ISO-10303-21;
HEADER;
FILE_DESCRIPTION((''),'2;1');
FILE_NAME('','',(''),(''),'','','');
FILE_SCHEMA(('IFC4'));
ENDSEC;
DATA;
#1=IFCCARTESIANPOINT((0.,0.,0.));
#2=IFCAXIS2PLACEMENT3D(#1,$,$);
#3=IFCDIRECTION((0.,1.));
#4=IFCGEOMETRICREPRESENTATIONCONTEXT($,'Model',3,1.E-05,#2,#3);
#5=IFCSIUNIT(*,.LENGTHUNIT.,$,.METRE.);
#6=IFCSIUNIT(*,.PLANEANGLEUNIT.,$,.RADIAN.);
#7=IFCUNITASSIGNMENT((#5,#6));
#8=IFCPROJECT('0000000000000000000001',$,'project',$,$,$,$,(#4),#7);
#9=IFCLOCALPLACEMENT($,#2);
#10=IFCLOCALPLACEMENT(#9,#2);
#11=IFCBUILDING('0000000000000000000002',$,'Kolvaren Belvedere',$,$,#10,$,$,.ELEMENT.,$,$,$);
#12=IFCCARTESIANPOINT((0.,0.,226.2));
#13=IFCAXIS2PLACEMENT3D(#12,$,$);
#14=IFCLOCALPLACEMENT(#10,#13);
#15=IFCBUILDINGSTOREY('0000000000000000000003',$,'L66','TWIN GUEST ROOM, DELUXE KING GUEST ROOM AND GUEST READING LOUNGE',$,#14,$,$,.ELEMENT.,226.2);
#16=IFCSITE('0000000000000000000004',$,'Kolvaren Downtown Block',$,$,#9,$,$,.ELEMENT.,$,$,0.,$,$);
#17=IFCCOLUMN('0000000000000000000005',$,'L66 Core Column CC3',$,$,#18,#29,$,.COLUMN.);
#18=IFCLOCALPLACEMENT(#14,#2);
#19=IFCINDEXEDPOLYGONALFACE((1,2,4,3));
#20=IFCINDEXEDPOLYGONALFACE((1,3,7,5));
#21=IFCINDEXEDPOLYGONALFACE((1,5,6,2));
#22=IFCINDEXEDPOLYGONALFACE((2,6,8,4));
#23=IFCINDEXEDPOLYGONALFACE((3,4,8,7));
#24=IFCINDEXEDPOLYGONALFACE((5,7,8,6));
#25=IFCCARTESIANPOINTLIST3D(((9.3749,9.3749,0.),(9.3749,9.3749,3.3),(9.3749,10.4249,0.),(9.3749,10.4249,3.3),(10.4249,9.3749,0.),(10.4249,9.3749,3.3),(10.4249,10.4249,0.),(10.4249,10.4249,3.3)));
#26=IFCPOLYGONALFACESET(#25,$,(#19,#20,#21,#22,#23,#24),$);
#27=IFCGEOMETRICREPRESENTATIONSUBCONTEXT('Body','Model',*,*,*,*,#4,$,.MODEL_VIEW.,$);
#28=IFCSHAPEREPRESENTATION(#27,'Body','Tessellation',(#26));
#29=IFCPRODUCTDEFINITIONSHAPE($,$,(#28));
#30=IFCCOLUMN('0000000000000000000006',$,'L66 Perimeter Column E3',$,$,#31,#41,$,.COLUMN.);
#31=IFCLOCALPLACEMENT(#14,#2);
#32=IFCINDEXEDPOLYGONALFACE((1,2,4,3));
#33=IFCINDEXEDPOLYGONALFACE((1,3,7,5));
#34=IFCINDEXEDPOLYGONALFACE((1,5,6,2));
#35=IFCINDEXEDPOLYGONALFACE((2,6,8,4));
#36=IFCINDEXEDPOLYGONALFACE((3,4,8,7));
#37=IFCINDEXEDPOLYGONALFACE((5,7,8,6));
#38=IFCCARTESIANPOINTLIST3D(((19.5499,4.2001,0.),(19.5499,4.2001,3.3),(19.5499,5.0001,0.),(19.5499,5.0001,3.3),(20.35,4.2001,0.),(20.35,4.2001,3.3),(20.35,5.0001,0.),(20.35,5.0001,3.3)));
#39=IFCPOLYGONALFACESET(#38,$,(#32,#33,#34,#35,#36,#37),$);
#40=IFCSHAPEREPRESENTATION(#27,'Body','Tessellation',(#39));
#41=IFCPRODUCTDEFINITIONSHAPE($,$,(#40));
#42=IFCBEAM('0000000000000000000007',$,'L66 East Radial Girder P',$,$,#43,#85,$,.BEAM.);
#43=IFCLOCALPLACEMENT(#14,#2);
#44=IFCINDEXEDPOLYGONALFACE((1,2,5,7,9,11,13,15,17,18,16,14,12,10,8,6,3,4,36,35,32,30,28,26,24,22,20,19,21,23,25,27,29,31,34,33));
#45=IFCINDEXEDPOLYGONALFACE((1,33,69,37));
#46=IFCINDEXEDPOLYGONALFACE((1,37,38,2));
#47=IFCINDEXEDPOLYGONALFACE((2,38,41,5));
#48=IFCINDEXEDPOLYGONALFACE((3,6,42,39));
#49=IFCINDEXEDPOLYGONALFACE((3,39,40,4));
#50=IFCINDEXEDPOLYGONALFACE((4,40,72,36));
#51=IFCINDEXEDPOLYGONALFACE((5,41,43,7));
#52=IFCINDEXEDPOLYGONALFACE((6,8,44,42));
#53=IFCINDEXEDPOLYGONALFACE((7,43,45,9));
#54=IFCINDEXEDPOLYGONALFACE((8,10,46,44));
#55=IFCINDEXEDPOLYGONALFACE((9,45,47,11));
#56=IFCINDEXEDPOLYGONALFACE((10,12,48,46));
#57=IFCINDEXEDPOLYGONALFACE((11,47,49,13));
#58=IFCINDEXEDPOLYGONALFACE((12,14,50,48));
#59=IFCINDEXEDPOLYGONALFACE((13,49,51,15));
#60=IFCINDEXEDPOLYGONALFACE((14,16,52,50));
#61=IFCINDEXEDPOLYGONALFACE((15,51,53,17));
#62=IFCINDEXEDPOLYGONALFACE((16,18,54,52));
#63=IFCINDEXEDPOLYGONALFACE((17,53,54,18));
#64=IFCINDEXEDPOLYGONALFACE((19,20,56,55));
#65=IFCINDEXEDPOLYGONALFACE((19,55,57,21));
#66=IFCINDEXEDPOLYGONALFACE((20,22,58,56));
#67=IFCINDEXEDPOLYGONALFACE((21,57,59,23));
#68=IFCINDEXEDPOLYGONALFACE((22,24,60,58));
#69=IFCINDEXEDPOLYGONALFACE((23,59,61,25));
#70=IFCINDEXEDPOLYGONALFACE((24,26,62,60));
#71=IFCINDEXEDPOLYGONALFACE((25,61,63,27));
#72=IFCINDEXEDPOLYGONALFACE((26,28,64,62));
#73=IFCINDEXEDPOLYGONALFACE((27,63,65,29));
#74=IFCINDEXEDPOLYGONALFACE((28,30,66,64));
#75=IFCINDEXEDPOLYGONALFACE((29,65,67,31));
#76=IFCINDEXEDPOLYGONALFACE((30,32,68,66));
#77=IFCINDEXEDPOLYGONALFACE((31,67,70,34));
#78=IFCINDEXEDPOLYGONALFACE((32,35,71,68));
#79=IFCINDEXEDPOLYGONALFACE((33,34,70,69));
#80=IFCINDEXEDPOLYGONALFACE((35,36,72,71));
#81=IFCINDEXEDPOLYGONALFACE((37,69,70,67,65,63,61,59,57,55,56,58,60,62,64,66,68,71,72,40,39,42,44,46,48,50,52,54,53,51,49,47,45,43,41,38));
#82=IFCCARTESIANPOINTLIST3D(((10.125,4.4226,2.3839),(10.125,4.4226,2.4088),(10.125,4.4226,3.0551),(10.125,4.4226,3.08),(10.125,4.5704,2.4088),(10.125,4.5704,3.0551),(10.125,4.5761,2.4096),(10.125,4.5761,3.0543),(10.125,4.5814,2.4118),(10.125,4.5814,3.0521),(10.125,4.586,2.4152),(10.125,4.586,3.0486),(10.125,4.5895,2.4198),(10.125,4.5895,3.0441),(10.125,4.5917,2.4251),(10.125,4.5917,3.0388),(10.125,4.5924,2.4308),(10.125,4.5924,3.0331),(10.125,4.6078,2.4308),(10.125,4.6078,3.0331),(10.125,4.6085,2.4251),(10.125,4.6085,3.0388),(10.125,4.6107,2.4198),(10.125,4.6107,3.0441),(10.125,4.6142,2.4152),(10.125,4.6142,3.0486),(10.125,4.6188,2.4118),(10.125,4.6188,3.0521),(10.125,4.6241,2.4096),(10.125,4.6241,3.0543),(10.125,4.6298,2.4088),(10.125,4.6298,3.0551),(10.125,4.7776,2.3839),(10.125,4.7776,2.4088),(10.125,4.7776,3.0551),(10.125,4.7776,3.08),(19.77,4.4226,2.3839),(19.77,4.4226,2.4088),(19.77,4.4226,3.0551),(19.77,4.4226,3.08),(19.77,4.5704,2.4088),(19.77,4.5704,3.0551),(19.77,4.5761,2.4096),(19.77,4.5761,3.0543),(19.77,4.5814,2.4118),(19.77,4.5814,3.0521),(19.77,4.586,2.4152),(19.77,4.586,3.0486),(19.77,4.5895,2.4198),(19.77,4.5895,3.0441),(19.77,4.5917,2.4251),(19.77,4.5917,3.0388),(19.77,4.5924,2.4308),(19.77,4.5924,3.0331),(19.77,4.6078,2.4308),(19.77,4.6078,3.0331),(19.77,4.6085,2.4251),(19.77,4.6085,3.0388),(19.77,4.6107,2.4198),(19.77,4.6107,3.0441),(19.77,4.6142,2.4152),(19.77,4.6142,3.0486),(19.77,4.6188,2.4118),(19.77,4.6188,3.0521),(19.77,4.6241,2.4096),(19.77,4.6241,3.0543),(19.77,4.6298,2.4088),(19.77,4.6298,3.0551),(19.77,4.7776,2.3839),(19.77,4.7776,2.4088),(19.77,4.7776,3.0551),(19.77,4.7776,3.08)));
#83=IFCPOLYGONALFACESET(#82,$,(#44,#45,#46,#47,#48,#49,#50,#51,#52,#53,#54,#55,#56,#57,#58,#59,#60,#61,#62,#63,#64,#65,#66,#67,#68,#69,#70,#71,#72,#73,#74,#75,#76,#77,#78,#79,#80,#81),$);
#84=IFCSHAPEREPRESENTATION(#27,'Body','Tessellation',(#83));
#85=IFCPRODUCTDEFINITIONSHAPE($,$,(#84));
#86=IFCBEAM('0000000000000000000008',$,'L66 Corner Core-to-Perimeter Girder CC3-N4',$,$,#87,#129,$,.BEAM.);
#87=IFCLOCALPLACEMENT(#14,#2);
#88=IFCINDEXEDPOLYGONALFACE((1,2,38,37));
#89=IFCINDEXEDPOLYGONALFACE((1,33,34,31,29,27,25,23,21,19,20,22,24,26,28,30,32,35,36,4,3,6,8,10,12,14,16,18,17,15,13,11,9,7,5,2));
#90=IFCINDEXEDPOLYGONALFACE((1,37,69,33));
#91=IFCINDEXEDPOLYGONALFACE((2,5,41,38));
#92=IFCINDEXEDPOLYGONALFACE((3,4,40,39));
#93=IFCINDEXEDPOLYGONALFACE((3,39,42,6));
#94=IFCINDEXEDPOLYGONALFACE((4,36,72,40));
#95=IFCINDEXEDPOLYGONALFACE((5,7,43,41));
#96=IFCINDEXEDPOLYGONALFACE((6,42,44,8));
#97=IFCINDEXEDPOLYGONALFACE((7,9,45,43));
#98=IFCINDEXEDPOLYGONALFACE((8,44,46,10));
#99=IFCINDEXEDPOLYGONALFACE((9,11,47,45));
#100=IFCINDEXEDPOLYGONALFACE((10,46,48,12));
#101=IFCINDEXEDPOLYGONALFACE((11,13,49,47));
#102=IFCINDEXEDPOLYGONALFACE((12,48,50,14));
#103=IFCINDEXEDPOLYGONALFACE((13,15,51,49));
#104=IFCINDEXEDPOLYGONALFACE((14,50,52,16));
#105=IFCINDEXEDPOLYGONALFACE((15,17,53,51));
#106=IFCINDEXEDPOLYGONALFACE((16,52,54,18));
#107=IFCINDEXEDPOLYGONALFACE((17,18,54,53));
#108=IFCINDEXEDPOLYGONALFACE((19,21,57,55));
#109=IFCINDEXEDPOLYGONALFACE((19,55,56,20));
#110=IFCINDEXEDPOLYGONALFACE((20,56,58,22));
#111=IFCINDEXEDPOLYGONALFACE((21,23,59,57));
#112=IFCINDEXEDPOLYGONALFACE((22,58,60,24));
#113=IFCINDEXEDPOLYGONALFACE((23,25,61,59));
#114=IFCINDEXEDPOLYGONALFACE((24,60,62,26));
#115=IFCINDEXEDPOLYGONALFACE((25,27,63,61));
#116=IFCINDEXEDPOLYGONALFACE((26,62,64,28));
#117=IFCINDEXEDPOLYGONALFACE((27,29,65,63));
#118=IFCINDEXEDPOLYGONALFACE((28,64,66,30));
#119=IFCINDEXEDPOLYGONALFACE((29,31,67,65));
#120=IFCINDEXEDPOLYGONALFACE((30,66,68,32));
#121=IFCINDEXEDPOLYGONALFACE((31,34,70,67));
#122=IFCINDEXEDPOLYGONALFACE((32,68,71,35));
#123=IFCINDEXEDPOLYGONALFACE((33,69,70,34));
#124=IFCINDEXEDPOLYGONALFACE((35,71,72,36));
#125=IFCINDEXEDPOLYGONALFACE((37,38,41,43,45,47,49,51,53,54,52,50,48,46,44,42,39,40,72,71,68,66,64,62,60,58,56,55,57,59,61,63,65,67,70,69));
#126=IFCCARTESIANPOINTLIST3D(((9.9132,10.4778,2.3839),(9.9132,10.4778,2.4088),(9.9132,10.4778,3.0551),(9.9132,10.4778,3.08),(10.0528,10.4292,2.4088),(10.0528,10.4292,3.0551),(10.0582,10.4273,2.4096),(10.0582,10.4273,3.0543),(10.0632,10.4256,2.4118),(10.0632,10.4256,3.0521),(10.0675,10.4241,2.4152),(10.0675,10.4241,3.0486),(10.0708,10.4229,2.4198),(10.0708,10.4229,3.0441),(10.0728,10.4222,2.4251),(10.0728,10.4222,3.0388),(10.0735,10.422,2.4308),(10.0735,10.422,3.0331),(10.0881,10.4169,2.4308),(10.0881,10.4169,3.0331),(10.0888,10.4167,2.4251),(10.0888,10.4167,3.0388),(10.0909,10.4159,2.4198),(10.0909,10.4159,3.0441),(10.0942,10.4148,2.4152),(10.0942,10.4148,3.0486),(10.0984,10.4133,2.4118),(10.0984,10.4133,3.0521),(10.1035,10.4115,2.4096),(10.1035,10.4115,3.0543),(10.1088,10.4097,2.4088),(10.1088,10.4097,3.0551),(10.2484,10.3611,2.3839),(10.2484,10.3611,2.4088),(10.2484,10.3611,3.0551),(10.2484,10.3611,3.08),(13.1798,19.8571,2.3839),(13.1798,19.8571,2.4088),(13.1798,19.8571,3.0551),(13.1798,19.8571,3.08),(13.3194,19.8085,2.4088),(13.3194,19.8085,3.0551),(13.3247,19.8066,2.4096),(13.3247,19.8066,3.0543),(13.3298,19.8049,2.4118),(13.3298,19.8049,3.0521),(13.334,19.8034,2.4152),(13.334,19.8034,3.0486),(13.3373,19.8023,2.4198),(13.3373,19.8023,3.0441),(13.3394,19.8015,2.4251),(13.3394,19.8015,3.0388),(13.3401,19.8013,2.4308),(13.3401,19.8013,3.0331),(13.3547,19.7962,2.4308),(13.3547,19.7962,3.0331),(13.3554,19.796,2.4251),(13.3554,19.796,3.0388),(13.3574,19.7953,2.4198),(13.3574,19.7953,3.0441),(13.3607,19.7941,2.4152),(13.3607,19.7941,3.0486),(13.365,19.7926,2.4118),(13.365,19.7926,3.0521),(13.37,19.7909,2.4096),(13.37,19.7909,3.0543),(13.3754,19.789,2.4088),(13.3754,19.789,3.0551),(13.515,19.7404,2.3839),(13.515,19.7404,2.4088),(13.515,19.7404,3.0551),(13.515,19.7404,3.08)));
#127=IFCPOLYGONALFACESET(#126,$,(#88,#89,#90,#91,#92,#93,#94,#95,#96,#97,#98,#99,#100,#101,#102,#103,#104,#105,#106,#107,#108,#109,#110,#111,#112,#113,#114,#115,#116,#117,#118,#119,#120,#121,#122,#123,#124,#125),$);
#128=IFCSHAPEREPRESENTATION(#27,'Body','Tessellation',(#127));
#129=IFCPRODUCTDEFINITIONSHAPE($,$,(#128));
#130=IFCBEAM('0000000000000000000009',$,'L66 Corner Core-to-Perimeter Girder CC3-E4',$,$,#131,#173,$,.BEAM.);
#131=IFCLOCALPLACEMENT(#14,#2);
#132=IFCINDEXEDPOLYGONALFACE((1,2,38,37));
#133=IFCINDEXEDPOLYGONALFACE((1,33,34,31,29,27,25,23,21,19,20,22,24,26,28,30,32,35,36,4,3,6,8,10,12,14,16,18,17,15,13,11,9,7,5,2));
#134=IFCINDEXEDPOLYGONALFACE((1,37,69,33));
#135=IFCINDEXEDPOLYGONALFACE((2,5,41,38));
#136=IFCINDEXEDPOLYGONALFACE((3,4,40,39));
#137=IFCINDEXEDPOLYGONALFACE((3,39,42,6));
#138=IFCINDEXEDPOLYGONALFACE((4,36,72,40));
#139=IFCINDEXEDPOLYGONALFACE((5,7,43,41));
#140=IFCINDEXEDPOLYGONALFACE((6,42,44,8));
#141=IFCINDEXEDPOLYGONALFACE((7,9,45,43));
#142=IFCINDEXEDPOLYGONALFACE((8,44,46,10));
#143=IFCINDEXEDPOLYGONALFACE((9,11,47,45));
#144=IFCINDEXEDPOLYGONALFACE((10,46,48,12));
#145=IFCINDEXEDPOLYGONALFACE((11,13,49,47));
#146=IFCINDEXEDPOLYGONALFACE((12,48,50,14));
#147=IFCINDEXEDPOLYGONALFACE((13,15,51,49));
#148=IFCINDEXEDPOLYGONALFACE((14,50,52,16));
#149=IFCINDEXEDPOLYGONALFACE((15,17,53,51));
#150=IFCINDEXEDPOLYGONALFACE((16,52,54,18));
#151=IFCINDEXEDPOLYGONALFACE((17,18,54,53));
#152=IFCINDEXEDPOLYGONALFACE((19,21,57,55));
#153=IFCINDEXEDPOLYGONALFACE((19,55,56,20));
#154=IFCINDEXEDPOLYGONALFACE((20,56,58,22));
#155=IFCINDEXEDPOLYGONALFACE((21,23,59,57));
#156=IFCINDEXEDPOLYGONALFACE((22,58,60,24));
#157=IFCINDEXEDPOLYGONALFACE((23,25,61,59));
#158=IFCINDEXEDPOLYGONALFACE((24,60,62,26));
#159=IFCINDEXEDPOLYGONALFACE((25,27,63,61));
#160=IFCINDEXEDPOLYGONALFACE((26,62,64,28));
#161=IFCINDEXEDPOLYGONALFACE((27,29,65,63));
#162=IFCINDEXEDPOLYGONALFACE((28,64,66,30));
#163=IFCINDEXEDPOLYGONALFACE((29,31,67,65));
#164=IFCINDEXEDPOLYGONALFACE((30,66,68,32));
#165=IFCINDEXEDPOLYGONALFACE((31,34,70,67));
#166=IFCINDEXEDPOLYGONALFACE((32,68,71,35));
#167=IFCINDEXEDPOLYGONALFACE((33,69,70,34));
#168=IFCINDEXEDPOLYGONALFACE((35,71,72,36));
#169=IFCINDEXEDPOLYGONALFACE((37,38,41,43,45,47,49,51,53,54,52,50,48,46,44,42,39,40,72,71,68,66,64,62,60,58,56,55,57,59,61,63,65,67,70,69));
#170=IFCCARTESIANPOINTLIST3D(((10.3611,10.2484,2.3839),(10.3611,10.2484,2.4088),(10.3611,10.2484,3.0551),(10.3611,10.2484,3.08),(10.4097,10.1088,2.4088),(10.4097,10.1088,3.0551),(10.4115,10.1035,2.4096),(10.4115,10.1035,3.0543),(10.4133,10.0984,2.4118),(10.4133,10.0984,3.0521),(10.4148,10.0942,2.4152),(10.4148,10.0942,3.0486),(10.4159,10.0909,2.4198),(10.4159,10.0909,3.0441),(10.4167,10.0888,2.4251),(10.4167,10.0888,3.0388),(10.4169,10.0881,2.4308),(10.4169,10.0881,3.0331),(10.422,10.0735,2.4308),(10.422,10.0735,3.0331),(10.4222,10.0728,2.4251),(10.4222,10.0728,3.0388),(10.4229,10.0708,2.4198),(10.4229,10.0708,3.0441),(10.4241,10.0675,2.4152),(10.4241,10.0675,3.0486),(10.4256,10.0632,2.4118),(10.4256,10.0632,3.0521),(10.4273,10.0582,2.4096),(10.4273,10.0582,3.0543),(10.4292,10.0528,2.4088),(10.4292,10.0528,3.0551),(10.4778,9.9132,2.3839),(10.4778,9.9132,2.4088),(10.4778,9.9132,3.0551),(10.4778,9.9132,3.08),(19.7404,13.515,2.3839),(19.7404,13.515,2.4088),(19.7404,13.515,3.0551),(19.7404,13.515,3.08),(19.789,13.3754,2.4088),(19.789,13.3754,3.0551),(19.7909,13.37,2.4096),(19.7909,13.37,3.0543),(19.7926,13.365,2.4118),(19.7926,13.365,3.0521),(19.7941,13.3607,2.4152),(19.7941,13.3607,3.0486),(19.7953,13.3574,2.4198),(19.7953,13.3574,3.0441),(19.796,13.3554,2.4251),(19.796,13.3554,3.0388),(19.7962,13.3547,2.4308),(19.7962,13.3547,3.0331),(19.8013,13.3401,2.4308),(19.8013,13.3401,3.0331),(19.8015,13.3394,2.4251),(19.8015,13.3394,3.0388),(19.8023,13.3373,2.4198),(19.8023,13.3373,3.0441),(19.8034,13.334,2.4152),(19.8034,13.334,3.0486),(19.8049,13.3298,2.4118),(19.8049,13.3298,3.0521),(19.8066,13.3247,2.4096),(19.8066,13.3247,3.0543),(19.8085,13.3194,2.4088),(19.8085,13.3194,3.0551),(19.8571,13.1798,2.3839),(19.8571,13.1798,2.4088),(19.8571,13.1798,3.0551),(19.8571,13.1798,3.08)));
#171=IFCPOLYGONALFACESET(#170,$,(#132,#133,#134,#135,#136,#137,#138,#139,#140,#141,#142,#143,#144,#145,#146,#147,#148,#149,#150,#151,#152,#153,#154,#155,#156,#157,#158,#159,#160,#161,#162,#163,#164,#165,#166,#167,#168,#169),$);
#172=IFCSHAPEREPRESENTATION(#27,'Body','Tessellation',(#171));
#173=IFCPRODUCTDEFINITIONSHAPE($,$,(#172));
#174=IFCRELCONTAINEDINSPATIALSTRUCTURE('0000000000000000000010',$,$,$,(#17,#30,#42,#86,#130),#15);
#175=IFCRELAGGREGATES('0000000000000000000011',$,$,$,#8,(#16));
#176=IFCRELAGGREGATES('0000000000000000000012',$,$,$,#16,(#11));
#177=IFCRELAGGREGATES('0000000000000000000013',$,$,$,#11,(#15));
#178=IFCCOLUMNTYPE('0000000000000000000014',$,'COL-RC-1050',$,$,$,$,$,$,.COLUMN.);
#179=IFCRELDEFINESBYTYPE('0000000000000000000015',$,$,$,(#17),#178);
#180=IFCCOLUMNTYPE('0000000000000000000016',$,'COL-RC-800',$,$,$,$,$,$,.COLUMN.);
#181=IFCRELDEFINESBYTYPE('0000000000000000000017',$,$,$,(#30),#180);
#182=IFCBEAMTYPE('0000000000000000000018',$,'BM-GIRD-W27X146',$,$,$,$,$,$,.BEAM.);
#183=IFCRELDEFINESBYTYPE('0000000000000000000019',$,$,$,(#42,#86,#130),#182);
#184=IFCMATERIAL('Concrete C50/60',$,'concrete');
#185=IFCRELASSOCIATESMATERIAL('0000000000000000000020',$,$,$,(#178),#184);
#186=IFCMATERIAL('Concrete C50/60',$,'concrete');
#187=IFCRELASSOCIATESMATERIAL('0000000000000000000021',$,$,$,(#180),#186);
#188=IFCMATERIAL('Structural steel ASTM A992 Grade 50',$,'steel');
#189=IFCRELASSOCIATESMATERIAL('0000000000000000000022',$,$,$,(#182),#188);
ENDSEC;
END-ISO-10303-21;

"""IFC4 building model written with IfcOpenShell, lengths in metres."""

from ifc_helpers import new_model, si_unit, direction, frame, origin, origin_2d, place, context, subcontext, project, spatial, rectangle, i_section, extrude, material, material_profile, profile_set, type_object, element, save


model = new_model("IFC4")

# Units and contexts
model_context = context("Model", 3, precision=1e-05, world=origin(), true_north=direction((0.0, 1.0)))
body_context = subcontext(model_context, "Body", "Model", "MODEL_VIEW")
ifc_project = project(units=[si_unit("LENGTHUNIT", "METRE"), si_unit("PLANEANGLEUNIT", "RADIAN")], contexts=[model_context])

# Site, building, storey
site_placement = place(None, origin())
site = spatial("IfcSite", under=ifc_project, at=site_placement, Name="Kolvaren Downtown Block", CompositionType="ELEMENT", RefElevation=0.0)
building_placement = place(site_placement, origin())
building = spatial("IfcBuilding", under=site, at=building_placement, Name="Kolvaren Belvedere", CompositionType="ELEMENT")
storey_placement = place(building_placement, frame((0.0, 0.0, 226.2)))
storey = spatial("IfcBuildingStorey", under=building, at=storey_placement, Name="L66", Description="TWIN GUEST ROOM, DELUXE KING GUEST ROOM AND GUEST READING LOUNGE", CompositionType="ELEMENT", Elevation=226.2)

# Columns
ifc_material_1 = material(Name="Concrete C50/60", Category="concrete")
ifc_material_profile_1 = material_profile(ifc_material_1, rectangle(XDim=1.05, YDim=1.05, at=origin_2d()), Name="RC 1050X1050")
ifc_profile_set_1 = profile_set([ifc_material_profile_1], Name="Concrete C50/60")
column_type_1 = type_object("IfcColumnType", Name="COL-RC-1050", PredefinedType="COLUMN", material=ifc_profile_set_1)
column_1_placement = place(storey_placement, frame((9.8999, 9.8999, 0.0), z_axis=(0.0, 0.0, 1.0), x_axis=(1.0, 0.0, 0.0)))
element("IfcColumn", 1, at=column_1_placement, inside=storey, type_object=column_type_1, Name="L66 Core Column CC3", PredefinedType="COLUMN", context=body_context, shape_type="SweptSolid", body=[
    extrude(rectangle(XDim=1.05, YDim=1.05, at=origin_2d()), origin(), (0.0, 0.0, 1.0), 3.3),
])
ifc_material_2 = material(Name="Concrete C50/60", Category="concrete")
ifc_material_profile_2 = material_profile(ifc_material_2, rectangle(XDim=0.8, YDim=0.8, at=origin_2d()), Name="RC 800X800")
ifc_profile_set_2 = profile_set([ifc_material_profile_2], Name="Concrete C50/60")
column_type_2 = type_object("IfcColumnType", Name="COL-RC-800", PredefinedType="COLUMN", material=ifc_profile_set_2)
column_2_placement = place(storey_placement, frame((19.95, 4.6001, 0.0), z_axis=(0.0, 0.0, 1.0), x_axis=(1.0, 0.0, 0.0)))
element("IfcColumn", 2, at=column_2_placement, inside=storey, type_object=column_type_2, Name="L66 Perimeter Column E3", PredefinedType="COLUMN", context=body_context, shape_type="SweptSolid", body=[
    extrude(rectangle(XDim=0.8, YDim=0.8, at=origin_2d()), origin(), (0.0, 0.0, 1.0), 3.3),
])

# Beams
ifc_material_3 = material(Name="Structural steel ASTM A992 Grade 50", Category="steel")
ifc_material_profile_3 = material_profile(ifc_material_3, i_section(OverallWidth=0.355, OverallDepth=0.696, WebThickness=0.0154, FlangeThickness=0.0249, FilletRadius=0.022, at=origin_2d()), Name="W27X146")
ifc_profile_set_3 = profile_set([ifc_material_profile_3], Name="Structural steel ASTM A992 Grade 50")
beam_type_1 = type_object("IfcBeamType", Name="BM-GIRD-W27X146", PredefinedType="BEAM", material=ifc_profile_set_3)
beam_1_placement = place(storey_placement, frame((10.125, 4.6001, 2.7319), z_axis=(1.0, 0.0, 0.0), x_axis=(0.0, 1.0, 0.0)))
element("IfcBeam", 3, at=beam_1_placement, inside=storey, type_object=beam_type_1, Name="L66 East Radial Girder P", PredefinedType="BEAM", context=body_context, shape_type="SweptSolid", body=[
    extrude(i_section(OverallWidth=0.355, OverallDepth=0.696, WebThickness=0.0154, FlangeThickness=0.0249, FilletRadius=0.022, at=origin_2d()), origin(), (0.0, 0.0, 1.0), 9.645),
])
for number, where, z_axis, x_axis, name in (
    (4, (10.0808, 10.4194, 2.7319), (0.328898, 0.944365, 0.0), (-0.944365, 0.328898, 0.0), "L66 Corner Core-to-Perimeter Girder CC3-N4"),
    (5, (10.4194, 10.0808, 2.7319), (0.944365, 0.328898, 0.0), (-0.328898, 0.944365, 0.0), "L66 Corner Core-to-Perimeter Girder CC3-E4"),
):
    element("IfcBeam", number, at=place(storey_placement, frame(where, z_axis=z_axis, x_axis=x_axis)), inside=storey, type_object=beam_type_1, Name=name, PredefinedType="BEAM", context=body_context, shape_type="SweptSolid", body=[
        extrude(i_section(OverallWidth=0.355, OverallDepth=0.696, WebThickness=0.0154, FlangeThickness=0.0249, FilletRadius=0.022, at=origin_2d()), origin(), (0.0, 0.0, 1.0), 9.9319),
    ])

save(model, "model.ifc")
